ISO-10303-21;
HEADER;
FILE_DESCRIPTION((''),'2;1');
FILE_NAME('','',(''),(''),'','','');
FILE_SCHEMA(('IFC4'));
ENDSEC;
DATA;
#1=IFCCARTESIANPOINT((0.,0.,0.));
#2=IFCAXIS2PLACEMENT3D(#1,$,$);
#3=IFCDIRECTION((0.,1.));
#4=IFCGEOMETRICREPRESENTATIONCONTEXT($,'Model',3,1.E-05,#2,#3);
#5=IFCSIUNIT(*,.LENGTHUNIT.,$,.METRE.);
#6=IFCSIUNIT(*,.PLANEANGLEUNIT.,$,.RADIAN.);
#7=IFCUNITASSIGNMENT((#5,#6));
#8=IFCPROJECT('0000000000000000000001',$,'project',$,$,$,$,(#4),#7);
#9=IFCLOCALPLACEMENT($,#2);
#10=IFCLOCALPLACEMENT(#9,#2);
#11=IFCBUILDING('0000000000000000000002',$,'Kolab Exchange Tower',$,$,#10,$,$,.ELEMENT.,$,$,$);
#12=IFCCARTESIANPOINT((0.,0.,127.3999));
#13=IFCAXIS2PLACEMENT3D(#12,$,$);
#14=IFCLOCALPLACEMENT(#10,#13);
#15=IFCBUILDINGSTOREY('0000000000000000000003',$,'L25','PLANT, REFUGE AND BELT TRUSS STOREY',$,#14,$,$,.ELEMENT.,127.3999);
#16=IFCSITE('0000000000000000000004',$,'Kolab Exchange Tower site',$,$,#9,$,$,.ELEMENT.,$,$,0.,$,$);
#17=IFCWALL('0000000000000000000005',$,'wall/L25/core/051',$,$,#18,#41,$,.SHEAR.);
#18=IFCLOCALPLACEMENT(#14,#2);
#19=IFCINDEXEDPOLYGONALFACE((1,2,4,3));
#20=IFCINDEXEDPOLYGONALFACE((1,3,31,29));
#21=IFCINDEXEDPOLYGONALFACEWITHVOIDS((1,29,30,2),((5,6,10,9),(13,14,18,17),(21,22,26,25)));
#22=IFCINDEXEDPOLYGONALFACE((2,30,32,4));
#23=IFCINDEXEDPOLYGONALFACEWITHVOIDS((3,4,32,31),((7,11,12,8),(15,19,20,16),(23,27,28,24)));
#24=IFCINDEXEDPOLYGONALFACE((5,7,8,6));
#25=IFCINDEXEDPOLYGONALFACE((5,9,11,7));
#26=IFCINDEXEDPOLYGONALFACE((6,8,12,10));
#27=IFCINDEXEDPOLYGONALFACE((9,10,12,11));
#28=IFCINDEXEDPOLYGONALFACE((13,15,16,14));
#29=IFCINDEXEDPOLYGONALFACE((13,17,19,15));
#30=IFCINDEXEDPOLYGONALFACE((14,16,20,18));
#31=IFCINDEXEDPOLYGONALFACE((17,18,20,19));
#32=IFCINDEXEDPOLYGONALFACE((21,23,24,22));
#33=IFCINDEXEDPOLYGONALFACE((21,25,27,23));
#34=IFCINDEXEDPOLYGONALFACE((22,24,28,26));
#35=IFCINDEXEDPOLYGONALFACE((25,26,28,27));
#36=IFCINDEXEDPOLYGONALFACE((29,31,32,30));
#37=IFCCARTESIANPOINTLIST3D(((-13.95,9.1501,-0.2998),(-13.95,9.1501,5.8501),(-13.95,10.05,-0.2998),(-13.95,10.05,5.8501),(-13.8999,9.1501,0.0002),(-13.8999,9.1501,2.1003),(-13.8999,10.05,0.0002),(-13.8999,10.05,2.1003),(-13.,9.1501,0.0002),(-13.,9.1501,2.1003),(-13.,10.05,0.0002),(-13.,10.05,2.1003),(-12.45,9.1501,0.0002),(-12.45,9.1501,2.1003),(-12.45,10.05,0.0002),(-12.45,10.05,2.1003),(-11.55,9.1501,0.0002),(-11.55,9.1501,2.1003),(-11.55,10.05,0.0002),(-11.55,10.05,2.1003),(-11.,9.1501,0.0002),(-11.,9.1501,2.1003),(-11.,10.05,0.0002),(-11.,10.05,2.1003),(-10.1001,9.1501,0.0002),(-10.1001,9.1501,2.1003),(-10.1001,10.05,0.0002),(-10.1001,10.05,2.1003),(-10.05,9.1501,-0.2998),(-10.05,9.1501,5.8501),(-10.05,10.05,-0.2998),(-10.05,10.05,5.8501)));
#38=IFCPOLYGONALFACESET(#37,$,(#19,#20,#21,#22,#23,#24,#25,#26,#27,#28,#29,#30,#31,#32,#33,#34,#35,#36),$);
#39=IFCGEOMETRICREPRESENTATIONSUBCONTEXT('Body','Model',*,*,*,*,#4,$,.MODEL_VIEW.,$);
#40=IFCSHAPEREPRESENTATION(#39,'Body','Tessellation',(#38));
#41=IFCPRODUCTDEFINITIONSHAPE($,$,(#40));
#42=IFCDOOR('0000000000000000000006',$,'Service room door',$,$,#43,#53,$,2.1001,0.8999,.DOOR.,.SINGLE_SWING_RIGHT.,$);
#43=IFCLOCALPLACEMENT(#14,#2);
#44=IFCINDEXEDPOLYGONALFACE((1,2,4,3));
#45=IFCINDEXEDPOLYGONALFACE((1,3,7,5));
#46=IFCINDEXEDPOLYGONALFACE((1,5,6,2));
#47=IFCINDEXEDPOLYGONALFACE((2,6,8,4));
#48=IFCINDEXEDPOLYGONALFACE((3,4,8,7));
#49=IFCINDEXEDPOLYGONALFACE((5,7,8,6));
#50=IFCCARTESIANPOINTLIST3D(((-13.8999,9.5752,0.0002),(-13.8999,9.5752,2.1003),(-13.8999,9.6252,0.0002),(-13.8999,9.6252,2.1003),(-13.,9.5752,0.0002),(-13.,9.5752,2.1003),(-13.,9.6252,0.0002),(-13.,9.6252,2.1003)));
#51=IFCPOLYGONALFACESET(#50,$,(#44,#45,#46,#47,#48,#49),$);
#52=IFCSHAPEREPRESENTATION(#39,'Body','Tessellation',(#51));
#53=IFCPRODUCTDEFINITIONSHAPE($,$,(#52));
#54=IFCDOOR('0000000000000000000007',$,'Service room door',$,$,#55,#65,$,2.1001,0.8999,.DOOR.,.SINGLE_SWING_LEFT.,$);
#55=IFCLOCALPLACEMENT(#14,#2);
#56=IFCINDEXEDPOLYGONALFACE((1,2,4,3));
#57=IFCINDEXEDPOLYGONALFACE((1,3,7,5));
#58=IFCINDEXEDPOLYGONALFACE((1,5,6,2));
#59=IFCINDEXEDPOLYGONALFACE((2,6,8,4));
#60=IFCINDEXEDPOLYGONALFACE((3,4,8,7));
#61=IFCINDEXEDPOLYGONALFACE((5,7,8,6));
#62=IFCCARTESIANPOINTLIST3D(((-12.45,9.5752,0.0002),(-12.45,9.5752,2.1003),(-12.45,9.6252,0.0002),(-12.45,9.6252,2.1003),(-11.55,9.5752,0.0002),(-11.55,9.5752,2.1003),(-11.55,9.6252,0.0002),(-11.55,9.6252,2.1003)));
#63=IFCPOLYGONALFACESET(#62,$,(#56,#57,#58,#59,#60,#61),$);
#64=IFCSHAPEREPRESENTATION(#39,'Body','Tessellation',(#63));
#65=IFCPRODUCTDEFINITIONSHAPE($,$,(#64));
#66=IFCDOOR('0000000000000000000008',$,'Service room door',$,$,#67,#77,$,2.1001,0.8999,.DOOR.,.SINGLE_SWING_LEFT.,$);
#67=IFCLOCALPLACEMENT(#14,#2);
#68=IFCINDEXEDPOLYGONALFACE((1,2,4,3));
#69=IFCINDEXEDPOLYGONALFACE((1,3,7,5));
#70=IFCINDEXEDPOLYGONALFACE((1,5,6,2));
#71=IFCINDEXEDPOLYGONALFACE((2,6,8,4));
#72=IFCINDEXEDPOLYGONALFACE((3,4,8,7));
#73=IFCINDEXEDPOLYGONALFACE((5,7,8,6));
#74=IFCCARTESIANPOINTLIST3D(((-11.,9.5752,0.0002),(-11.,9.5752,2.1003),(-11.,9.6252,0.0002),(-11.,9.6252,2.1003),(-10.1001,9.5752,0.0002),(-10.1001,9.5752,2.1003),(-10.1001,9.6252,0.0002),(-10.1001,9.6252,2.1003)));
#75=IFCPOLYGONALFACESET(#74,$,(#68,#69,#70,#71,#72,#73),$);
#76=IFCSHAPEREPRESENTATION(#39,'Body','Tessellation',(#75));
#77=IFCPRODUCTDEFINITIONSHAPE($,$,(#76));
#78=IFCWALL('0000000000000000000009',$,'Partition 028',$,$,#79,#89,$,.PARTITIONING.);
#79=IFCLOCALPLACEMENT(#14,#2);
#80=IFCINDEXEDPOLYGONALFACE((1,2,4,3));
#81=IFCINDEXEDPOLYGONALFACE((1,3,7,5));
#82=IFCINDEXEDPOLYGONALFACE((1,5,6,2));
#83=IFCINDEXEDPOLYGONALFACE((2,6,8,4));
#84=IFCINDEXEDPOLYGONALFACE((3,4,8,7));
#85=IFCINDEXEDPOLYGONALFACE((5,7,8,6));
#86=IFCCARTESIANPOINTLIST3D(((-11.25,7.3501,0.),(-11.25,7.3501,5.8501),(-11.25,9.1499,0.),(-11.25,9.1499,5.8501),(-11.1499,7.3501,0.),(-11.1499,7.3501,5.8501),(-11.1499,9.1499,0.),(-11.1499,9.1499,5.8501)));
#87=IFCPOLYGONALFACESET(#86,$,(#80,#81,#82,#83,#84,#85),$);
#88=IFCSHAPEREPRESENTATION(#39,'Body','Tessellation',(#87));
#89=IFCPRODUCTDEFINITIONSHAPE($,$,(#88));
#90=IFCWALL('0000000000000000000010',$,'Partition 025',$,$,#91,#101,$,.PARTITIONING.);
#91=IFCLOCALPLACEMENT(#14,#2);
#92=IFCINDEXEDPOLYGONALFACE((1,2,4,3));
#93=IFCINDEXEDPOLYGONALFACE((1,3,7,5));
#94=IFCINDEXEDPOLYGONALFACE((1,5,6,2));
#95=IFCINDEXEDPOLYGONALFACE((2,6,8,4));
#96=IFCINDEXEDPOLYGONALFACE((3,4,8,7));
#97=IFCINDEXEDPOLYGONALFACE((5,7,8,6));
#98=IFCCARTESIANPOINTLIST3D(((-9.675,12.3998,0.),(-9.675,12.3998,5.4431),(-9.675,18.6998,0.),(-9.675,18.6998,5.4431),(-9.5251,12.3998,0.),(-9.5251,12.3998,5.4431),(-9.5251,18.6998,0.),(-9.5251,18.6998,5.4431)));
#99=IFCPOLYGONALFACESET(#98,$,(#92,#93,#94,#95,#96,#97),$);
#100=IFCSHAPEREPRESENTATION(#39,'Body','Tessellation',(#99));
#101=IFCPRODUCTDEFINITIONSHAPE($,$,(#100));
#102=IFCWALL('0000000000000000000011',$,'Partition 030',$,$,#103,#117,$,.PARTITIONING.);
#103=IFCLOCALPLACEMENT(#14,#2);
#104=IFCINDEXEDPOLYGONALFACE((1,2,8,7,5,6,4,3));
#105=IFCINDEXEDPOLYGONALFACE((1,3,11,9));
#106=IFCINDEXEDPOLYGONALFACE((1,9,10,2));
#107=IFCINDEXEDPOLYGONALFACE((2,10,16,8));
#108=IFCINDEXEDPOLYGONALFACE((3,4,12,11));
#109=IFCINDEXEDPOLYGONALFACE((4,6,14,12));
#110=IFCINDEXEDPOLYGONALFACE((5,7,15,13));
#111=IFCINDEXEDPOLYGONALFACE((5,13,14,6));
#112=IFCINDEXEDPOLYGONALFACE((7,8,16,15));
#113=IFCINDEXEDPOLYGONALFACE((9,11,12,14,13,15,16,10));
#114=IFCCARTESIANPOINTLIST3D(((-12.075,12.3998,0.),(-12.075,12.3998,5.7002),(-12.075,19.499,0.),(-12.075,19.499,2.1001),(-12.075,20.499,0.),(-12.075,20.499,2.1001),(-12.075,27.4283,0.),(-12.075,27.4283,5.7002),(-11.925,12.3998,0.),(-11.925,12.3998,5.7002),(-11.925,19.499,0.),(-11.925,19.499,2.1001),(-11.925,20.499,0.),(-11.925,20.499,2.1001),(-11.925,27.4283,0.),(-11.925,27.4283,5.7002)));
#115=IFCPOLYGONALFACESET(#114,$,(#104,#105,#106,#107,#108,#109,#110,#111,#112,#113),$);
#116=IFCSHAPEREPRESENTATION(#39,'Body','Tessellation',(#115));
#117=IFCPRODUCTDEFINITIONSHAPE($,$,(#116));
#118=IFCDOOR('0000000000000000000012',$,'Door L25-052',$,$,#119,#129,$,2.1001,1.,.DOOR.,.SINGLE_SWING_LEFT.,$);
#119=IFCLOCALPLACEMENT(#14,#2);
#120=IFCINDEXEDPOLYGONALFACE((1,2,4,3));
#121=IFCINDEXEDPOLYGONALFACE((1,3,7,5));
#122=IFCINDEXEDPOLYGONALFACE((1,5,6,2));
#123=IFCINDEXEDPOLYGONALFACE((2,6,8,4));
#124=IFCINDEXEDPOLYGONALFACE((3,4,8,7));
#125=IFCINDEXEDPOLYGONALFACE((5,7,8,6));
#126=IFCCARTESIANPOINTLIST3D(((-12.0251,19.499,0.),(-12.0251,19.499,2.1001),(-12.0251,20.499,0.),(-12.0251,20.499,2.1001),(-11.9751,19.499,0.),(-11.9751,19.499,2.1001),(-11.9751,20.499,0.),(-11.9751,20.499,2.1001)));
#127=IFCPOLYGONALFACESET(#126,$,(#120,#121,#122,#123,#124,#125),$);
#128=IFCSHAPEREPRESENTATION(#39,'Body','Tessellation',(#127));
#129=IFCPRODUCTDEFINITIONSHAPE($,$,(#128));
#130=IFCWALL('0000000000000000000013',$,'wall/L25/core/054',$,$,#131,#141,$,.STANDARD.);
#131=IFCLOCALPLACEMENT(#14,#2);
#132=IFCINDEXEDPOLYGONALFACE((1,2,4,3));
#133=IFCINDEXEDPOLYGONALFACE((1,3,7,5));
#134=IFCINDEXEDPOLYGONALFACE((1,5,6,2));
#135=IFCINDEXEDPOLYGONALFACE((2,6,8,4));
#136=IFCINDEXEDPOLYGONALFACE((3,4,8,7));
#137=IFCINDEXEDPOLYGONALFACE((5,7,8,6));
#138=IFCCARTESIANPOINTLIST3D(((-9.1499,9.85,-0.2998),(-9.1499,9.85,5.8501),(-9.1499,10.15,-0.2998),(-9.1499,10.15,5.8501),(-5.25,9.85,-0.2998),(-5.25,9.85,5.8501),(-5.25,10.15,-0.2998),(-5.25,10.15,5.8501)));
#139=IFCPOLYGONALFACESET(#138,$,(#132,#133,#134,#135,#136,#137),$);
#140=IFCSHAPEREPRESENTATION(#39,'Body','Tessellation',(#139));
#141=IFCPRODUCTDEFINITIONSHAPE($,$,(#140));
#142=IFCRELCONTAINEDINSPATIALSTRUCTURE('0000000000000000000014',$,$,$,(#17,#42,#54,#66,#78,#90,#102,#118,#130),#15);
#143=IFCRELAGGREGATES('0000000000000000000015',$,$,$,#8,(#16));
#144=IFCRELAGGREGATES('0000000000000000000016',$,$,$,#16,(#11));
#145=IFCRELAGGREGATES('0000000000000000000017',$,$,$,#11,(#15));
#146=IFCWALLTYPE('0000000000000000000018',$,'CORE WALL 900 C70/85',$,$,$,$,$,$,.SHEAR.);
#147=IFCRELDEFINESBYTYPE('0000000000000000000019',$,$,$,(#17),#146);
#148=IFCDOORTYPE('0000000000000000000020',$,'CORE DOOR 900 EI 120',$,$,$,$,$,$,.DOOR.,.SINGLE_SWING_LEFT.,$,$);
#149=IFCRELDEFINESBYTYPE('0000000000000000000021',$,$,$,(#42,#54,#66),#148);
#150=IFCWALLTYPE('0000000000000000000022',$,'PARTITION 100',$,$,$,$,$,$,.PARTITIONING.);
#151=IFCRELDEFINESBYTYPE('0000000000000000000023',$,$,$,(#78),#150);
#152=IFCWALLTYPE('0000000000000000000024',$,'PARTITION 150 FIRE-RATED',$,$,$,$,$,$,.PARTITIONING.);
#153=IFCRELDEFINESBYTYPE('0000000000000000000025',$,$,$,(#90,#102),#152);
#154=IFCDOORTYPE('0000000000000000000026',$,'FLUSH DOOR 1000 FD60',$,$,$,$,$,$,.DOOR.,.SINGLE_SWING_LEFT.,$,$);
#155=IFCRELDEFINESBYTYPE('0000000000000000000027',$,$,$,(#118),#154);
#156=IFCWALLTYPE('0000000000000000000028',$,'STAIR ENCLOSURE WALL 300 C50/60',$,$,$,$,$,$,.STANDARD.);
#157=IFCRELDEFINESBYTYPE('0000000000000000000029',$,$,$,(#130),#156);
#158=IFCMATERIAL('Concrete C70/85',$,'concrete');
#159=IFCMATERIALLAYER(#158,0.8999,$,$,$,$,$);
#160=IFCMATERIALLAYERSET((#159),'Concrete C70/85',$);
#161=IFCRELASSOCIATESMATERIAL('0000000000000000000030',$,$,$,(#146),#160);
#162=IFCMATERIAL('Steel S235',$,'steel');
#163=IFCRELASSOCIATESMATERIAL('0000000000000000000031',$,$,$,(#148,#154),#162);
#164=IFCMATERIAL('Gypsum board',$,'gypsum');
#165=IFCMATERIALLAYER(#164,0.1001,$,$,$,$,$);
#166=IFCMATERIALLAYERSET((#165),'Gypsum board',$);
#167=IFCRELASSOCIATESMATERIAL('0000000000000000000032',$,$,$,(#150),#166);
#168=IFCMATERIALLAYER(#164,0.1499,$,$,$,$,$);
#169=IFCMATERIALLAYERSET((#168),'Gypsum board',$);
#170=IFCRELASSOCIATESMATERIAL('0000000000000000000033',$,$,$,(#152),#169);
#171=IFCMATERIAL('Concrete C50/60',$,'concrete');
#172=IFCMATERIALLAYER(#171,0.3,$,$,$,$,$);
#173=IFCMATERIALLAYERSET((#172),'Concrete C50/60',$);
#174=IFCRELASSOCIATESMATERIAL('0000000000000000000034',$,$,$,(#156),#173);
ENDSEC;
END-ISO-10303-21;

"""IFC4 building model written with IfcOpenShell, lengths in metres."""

from ifc_helpers import new_model, si_unit, direction, frame, frame_2d, origin, place, context, subcontext, project, spatial, rectangle, extrude, material, layer, layer_set, type_object, element, fill, save


model = new_model("IFC4")

# Units and contexts
model_context = context("Model", 3, precision=1e-05, world=origin(), true_north=direction((0.0, 1.0)))
body_context = subcontext(model_context, "Body", "Model", "MODEL_VIEW")
ifc_project = project(units=[si_unit("LENGTHUNIT", "METRE"), si_unit("PLANEANGLEUNIT", "RADIAN")], contexts=[model_context])

# Site, building, storey
site_placement = place(None, origin())
site = spatial("IfcSite", under=ifc_project, at=site_placement, Name="Kolab Exchange Tower site", CompositionType="ELEMENT", RefElevation=0.0)
building_placement = place(site_placement, origin())
building = spatial("IfcBuilding", under=site, at=building_placement, Name="Kolab Exchange Tower", CompositionType="ELEMENT")
storey_placement = place(building_placement, frame((0.0, 0.0, 127.3999)))
storey = spatial("IfcBuildingStorey", under=building, at=storey_placement, Name="L25", Description="PLANT, REFUGE AND BELT TRUSS STOREY", CompositionType="ELEMENT", Elevation=127.3999)

# Wall, openings, doors
ifc_material_1 = material(Name="Concrete C70/85", Category="concrete")
ifc_layer_1 = layer(ifc_material_1, 0.8999)
ifc_layer_set_1 = layer_set([ifc_layer_1], Name="Concrete C70/85")
wall_type_1 = type_object("IfcWallType", Name="CORE WALL 900 C70/85", PredefinedType="SHEAR", material=ifc_layer_set_1)
wall_1_placement = place(storey_placement, frame((-13.95, 9.6001, -0.2998), z_axis=(0.0, 0.0, 1.0), x_axis=(1.0, 0.0, 0.0)))
wall_1 = element("IfcWall", 1, at=wall_1_placement, inside=storey, type_object=wall_type_1, Name="wall/L25/core/051", PredefinedType="SHEAR", context=body_context, shape_type="SweptSolid", body=[
    extrude(rectangle(XDim=3.8999, YDim=0.8999, at=frame_2d((1.95, 0.0))), origin(), (0.0, 0.0, 1.0), 6.1499),
])
opening_1_placement = place(wall_1_placement, frame((0.05, 0.0, 0.3)))
opening_1 = element("IfcOpeningElement", 2, at=opening_1_placement, cuts=wall_1, PredefinedType="OPENING", context=body_context, shape_type="SweptSolid", body=[
    extrude(rectangle(XDim=0.8999, YDim=2.1001, at=frame_2d((0.45, 1.05))), frame((0.0, 0.46, 0.0), z_axis=(0.0, -1.0, 0.0), x_axis=(1.0, 0.0, 0.0)), (0.0, 0.0, 1.0), 0.9199),
])
opening_2_placement = place(wall_1_placement, frame((1.5, 0.0, 0.3)))
opening_2 = element("IfcOpeningElement", 3, at=opening_2_placement, cuts=wall_1, PredefinedType="OPENING", context=body_context, shape_type="SweptSolid", body=[
    extrude(rectangle(XDim=0.8999, YDim=2.1001, at=frame_2d((0.45, 1.05))), frame((0.0, 0.46, 0.0), z_axis=(0.0, -1.0, 0.0), x_axis=(1.0, 0.0, 0.0)), (0.0, 0.0, 1.0), 0.9199),
])
opening_3_placement = place(wall_1_placement, frame((2.95, 0.0, 0.3)))
opening_3 = element("IfcOpeningElement", 4, at=opening_3_placement, cuts=wall_1, PredefinedType="OPENING", context=body_context, shape_type="SweptSolid", body=[
    extrude(rectangle(XDim=0.8999, YDim=2.1001, at=frame_2d((0.45, 1.05))), frame((0.0, 0.46, 0.0), z_axis=(0.0, -1.0, 0.0), x_axis=(1.0, 0.0, 0.0)), (0.0, 0.0, 1.0), 0.9199),
])
ifc_material_2 = material(Name="Steel S235", Category="steel")
door_type_1 = type_object("IfcDoorType", Name="CORE DOOR 900 EI 120", OperationType="SINGLE_SWING_LEFT", PredefinedType="DOOR", material=ifc_material_2)
door_1_placement = place(opening_1_placement, frame((0.8999, 0.0, 0.0), z_axis=(0.0, 0.0, 1.0), x_axis=(-1.0, 0.0, 0.0)))
door_1 = element("IfcDoor", 5, at=door_1_placement, inside=storey, type_object=door_type_1, Name="Service room door", OperationType="SINGLE_SWING_RIGHT", OverallHeight=2.1001, OverallWidth=0.8999, PredefinedType="DOOR", context=body_context, shape_type="SweptSolid", body=[
    extrude(rectangle(XDim=0.8999, YDim=2.1001, at=frame_2d((0.45, 1.05))), frame((0.0, 0.0249, 0.0), z_axis=(0.0, -1.0, 0.0), x_axis=(1.0, 0.0, 0.0)), (0.0, 0.0, 1.0), 0.05),
])
fill(opening_1, door_1)
door_2_placement = place(opening_2_placement, frame((0.8999, 0.0, 0.0), z_axis=(0.0, 0.0, 1.0), x_axis=(-1.0, 0.0, 0.0)))
door_2 = element("IfcDoor", 6, at=door_2_placement, inside=storey, type_object=door_type_1, Name="Service room door", OperationType="SINGLE_SWING_LEFT", OverallHeight=2.1001, OverallWidth=0.8999, PredefinedType="DOOR", context=body_context, shape_type="SweptSolid", body=[
    extrude(rectangle(XDim=0.8999, YDim=2.1001, at=frame_2d((0.45, 1.05))), frame((0.0, 0.0249, 0.0), z_axis=(0.0, -1.0, 0.0), x_axis=(1.0, 0.0, 0.0)), (0.0, 0.0, 1.0), 0.05),
])
fill(opening_2, door_2)
door_3_placement = place(opening_3_placement, frame((0.8999, 0.0, 0.0), z_axis=(0.0, 0.0, 1.0), x_axis=(-1.0, 0.0, 0.0)))
door_3 = element("IfcDoor", 7, at=door_3_placement, inside=storey, type_object=door_type_1, Name="Service room door", OperationType="SINGLE_SWING_LEFT", OverallHeight=2.1001, OverallWidth=0.8999, PredefinedType="DOOR", context=body_context, shape_type="SweptSolid", body=[
    extrude(rectangle(XDim=0.8999, YDim=2.1001, at=frame_2d((0.45, 1.05))), frame((0.0, 0.0249, 0.0), z_axis=(0.0, -1.0, 0.0), x_axis=(1.0, 0.0, 0.0)), (0.0, 0.0, 1.0), 0.05),
])
fill(opening_3, door_3)

# Walls
ifc_material_3 = material(Name="Gypsum board", Category="gypsum")
ifc_layer_2 = layer(ifc_material_3, 0.1001)
ifc_layer_set_2 = layer_set([ifc_layer_2], Name="Gypsum board")
wall_type_2 = type_object("IfcWallType", Name="PARTITION 100", PredefinedType="PARTITIONING", material=ifc_layer_set_2)
wall_2_placement = place(storey_placement, frame((-11.2, 7.3501, 0.0), z_axis=(0.0, 0.0, 1.0), x_axis=(0.0, 1.0, 0.0)))
element("IfcWall", 8, at=wall_2_placement, inside=storey, type_object=wall_type_2, Name="Partition 028", PredefinedType="PARTITIONING", context=body_context, shape_type="SweptSolid", body=[
    extrude(rectangle(XDim=1.7998, YDim=0.1001, at=frame_2d((0.8999, 0.0))), origin(), (0.0, 0.0, 1.0), 5.8501),
])
ifc_layer_3 = layer(ifc_material_3, 0.1499)
ifc_layer_set_3 = layer_set([ifc_layer_3], Name="Gypsum board")
wall_type_3 = type_object("IfcWallType", Name="PARTITION 150 FIRE-RATED", PredefinedType="PARTITIONING", material=ifc_layer_set_3)
wall_3_placement = place(storey_placement, frame((-9.6001, 12.3999, 0.0), z_axis=(0.0, 0.0, 1.0), x_axis=(0.0, 1.0, 0.0)))
element("IfcWall", 9, at=wall_3_placement, inside=storey, type_object=wall_type_3, Name="Partition 025", PredefinedType="PARTITIONING", context=body_context, shape_type="SweptSolid", body=[
    extrude(rectangle(XDim=6.3, YDim=0.1499, at=frame_2d((3.1499, 0.0))), origin(), (0.0, 0.0, 1.0), 5.4431),
])

# Wall, opening, door
wall_4_placement = place(storey_placement, frame((-12.0, 12.3999, 0.0), z_axis=(0.0, 0.0, 1.0), x_axis=(0.0, 1.0, 0.0)))
wall_4 = element("IfcWall", 10, at=wall_4_placement, inside=storey, type_object=wall_type_3, Name="Partition 030", PredefinedType="PARTITIONING", context=body_context, shape_type="SweptSolid", body=[
    extrude(rectangle(XDim=15.0286, YDim=0.1499, at=frame_2d((7.5142, 0.0))), origin(), (0.0, 0.0, 1.0), 5.7002),
])
opening_4_placement = place(wall_4_placement, frame((7.0991, 0.0, 0.0)))
opening_4 = element("IfcOpeningElement", 11, at=opening_4_placement, cuts=wall_4, PredefinedType="OPENING", context=body_context, shape_type="SweptSolid", body=[
    extrude(rectangle(XDim=1.0, YDim=2.1001, at=frame_2d((0.5, 1.05))), frame((0.0, 0.085, 0.0), z_axis=(0.0, -1.0, 0.0), x_axis=(1.0, 0.0, 0.0)), (0.0, 0.0, 1.0), 0.1699),
])
door_type_2 = type_object("IfcDoorType", Name="FLUSH DOOR 1000 FD60", OperationType="SINGLE_SWING_LEFT", PredefinedType="DOOR", material=ifc_material_2)
door_4_placement = place(opening_4_placement, frame((1.0, 0.0, 0.0), z_axis=(0.0, 0.0, 1.0), x_axis=(-1.0, 0.0, 0.0)))
door_4 = element("IfcDoor", 12, at=door_4_placement, inside=storey, type_object=door_type_2, Name="Door L25-052", OperationType="SINGLE_SWING_LEFT", OverallHeight=2.1001, OverallWidth=1.0, PredefinedType="DOOR", context=body_context, shape_type="SweptSolid", body=[
    extrude(rectangle(XDim=1.0, YDim=2.1001, at=frame_2d((0.5, 1.05))), frame((0.0, 0.0249, 0.0), z_axis=(0.0, -1.0, 0.0), x_axis=(1.0, 0.0, 0.0)), (0.0, 0.0, 1.0), 0.05),
])
fill(opening_4, door_4)

# Wall
ifc_material_4 = material(Name="Concrete C50/60", Category="concrete")
ifc_layer_4 = layer(ifc_material_4, 0.3)
ifc_layer_set_4 = layer_set([ifc_layer_4], Name="Concrete C50/60")
wall_type_4 = type_object("IfcWallType", Name="STAIR ENCLOSURE WALL 300 C50/60", PredefinedType="STANDARD", material=ifc_layer_set_4)
wall_5_placement = place(storey_placement, frame((-9.1499, 10.0, -0.2998), z_axis=(0.0, 0.0, 1.0), x_axis=(1.0, 0.0, 0.0)))
element("IfcWall", 13, at=wall_5_placement, inside=storey, type_object=wall_type_4, Name="wall/L25/core/054", PredefinedType="STANDARD", context=body_context, shape_type="SweptSolid", body=[
    extrude(rectangle(XDim=3.8999, YDim=0.3, at=frame_2d((1.95, 0.0))), origin(), (0.0, 0.0, 1.0), 6.1499),
])

save(model, "model.ifc")
